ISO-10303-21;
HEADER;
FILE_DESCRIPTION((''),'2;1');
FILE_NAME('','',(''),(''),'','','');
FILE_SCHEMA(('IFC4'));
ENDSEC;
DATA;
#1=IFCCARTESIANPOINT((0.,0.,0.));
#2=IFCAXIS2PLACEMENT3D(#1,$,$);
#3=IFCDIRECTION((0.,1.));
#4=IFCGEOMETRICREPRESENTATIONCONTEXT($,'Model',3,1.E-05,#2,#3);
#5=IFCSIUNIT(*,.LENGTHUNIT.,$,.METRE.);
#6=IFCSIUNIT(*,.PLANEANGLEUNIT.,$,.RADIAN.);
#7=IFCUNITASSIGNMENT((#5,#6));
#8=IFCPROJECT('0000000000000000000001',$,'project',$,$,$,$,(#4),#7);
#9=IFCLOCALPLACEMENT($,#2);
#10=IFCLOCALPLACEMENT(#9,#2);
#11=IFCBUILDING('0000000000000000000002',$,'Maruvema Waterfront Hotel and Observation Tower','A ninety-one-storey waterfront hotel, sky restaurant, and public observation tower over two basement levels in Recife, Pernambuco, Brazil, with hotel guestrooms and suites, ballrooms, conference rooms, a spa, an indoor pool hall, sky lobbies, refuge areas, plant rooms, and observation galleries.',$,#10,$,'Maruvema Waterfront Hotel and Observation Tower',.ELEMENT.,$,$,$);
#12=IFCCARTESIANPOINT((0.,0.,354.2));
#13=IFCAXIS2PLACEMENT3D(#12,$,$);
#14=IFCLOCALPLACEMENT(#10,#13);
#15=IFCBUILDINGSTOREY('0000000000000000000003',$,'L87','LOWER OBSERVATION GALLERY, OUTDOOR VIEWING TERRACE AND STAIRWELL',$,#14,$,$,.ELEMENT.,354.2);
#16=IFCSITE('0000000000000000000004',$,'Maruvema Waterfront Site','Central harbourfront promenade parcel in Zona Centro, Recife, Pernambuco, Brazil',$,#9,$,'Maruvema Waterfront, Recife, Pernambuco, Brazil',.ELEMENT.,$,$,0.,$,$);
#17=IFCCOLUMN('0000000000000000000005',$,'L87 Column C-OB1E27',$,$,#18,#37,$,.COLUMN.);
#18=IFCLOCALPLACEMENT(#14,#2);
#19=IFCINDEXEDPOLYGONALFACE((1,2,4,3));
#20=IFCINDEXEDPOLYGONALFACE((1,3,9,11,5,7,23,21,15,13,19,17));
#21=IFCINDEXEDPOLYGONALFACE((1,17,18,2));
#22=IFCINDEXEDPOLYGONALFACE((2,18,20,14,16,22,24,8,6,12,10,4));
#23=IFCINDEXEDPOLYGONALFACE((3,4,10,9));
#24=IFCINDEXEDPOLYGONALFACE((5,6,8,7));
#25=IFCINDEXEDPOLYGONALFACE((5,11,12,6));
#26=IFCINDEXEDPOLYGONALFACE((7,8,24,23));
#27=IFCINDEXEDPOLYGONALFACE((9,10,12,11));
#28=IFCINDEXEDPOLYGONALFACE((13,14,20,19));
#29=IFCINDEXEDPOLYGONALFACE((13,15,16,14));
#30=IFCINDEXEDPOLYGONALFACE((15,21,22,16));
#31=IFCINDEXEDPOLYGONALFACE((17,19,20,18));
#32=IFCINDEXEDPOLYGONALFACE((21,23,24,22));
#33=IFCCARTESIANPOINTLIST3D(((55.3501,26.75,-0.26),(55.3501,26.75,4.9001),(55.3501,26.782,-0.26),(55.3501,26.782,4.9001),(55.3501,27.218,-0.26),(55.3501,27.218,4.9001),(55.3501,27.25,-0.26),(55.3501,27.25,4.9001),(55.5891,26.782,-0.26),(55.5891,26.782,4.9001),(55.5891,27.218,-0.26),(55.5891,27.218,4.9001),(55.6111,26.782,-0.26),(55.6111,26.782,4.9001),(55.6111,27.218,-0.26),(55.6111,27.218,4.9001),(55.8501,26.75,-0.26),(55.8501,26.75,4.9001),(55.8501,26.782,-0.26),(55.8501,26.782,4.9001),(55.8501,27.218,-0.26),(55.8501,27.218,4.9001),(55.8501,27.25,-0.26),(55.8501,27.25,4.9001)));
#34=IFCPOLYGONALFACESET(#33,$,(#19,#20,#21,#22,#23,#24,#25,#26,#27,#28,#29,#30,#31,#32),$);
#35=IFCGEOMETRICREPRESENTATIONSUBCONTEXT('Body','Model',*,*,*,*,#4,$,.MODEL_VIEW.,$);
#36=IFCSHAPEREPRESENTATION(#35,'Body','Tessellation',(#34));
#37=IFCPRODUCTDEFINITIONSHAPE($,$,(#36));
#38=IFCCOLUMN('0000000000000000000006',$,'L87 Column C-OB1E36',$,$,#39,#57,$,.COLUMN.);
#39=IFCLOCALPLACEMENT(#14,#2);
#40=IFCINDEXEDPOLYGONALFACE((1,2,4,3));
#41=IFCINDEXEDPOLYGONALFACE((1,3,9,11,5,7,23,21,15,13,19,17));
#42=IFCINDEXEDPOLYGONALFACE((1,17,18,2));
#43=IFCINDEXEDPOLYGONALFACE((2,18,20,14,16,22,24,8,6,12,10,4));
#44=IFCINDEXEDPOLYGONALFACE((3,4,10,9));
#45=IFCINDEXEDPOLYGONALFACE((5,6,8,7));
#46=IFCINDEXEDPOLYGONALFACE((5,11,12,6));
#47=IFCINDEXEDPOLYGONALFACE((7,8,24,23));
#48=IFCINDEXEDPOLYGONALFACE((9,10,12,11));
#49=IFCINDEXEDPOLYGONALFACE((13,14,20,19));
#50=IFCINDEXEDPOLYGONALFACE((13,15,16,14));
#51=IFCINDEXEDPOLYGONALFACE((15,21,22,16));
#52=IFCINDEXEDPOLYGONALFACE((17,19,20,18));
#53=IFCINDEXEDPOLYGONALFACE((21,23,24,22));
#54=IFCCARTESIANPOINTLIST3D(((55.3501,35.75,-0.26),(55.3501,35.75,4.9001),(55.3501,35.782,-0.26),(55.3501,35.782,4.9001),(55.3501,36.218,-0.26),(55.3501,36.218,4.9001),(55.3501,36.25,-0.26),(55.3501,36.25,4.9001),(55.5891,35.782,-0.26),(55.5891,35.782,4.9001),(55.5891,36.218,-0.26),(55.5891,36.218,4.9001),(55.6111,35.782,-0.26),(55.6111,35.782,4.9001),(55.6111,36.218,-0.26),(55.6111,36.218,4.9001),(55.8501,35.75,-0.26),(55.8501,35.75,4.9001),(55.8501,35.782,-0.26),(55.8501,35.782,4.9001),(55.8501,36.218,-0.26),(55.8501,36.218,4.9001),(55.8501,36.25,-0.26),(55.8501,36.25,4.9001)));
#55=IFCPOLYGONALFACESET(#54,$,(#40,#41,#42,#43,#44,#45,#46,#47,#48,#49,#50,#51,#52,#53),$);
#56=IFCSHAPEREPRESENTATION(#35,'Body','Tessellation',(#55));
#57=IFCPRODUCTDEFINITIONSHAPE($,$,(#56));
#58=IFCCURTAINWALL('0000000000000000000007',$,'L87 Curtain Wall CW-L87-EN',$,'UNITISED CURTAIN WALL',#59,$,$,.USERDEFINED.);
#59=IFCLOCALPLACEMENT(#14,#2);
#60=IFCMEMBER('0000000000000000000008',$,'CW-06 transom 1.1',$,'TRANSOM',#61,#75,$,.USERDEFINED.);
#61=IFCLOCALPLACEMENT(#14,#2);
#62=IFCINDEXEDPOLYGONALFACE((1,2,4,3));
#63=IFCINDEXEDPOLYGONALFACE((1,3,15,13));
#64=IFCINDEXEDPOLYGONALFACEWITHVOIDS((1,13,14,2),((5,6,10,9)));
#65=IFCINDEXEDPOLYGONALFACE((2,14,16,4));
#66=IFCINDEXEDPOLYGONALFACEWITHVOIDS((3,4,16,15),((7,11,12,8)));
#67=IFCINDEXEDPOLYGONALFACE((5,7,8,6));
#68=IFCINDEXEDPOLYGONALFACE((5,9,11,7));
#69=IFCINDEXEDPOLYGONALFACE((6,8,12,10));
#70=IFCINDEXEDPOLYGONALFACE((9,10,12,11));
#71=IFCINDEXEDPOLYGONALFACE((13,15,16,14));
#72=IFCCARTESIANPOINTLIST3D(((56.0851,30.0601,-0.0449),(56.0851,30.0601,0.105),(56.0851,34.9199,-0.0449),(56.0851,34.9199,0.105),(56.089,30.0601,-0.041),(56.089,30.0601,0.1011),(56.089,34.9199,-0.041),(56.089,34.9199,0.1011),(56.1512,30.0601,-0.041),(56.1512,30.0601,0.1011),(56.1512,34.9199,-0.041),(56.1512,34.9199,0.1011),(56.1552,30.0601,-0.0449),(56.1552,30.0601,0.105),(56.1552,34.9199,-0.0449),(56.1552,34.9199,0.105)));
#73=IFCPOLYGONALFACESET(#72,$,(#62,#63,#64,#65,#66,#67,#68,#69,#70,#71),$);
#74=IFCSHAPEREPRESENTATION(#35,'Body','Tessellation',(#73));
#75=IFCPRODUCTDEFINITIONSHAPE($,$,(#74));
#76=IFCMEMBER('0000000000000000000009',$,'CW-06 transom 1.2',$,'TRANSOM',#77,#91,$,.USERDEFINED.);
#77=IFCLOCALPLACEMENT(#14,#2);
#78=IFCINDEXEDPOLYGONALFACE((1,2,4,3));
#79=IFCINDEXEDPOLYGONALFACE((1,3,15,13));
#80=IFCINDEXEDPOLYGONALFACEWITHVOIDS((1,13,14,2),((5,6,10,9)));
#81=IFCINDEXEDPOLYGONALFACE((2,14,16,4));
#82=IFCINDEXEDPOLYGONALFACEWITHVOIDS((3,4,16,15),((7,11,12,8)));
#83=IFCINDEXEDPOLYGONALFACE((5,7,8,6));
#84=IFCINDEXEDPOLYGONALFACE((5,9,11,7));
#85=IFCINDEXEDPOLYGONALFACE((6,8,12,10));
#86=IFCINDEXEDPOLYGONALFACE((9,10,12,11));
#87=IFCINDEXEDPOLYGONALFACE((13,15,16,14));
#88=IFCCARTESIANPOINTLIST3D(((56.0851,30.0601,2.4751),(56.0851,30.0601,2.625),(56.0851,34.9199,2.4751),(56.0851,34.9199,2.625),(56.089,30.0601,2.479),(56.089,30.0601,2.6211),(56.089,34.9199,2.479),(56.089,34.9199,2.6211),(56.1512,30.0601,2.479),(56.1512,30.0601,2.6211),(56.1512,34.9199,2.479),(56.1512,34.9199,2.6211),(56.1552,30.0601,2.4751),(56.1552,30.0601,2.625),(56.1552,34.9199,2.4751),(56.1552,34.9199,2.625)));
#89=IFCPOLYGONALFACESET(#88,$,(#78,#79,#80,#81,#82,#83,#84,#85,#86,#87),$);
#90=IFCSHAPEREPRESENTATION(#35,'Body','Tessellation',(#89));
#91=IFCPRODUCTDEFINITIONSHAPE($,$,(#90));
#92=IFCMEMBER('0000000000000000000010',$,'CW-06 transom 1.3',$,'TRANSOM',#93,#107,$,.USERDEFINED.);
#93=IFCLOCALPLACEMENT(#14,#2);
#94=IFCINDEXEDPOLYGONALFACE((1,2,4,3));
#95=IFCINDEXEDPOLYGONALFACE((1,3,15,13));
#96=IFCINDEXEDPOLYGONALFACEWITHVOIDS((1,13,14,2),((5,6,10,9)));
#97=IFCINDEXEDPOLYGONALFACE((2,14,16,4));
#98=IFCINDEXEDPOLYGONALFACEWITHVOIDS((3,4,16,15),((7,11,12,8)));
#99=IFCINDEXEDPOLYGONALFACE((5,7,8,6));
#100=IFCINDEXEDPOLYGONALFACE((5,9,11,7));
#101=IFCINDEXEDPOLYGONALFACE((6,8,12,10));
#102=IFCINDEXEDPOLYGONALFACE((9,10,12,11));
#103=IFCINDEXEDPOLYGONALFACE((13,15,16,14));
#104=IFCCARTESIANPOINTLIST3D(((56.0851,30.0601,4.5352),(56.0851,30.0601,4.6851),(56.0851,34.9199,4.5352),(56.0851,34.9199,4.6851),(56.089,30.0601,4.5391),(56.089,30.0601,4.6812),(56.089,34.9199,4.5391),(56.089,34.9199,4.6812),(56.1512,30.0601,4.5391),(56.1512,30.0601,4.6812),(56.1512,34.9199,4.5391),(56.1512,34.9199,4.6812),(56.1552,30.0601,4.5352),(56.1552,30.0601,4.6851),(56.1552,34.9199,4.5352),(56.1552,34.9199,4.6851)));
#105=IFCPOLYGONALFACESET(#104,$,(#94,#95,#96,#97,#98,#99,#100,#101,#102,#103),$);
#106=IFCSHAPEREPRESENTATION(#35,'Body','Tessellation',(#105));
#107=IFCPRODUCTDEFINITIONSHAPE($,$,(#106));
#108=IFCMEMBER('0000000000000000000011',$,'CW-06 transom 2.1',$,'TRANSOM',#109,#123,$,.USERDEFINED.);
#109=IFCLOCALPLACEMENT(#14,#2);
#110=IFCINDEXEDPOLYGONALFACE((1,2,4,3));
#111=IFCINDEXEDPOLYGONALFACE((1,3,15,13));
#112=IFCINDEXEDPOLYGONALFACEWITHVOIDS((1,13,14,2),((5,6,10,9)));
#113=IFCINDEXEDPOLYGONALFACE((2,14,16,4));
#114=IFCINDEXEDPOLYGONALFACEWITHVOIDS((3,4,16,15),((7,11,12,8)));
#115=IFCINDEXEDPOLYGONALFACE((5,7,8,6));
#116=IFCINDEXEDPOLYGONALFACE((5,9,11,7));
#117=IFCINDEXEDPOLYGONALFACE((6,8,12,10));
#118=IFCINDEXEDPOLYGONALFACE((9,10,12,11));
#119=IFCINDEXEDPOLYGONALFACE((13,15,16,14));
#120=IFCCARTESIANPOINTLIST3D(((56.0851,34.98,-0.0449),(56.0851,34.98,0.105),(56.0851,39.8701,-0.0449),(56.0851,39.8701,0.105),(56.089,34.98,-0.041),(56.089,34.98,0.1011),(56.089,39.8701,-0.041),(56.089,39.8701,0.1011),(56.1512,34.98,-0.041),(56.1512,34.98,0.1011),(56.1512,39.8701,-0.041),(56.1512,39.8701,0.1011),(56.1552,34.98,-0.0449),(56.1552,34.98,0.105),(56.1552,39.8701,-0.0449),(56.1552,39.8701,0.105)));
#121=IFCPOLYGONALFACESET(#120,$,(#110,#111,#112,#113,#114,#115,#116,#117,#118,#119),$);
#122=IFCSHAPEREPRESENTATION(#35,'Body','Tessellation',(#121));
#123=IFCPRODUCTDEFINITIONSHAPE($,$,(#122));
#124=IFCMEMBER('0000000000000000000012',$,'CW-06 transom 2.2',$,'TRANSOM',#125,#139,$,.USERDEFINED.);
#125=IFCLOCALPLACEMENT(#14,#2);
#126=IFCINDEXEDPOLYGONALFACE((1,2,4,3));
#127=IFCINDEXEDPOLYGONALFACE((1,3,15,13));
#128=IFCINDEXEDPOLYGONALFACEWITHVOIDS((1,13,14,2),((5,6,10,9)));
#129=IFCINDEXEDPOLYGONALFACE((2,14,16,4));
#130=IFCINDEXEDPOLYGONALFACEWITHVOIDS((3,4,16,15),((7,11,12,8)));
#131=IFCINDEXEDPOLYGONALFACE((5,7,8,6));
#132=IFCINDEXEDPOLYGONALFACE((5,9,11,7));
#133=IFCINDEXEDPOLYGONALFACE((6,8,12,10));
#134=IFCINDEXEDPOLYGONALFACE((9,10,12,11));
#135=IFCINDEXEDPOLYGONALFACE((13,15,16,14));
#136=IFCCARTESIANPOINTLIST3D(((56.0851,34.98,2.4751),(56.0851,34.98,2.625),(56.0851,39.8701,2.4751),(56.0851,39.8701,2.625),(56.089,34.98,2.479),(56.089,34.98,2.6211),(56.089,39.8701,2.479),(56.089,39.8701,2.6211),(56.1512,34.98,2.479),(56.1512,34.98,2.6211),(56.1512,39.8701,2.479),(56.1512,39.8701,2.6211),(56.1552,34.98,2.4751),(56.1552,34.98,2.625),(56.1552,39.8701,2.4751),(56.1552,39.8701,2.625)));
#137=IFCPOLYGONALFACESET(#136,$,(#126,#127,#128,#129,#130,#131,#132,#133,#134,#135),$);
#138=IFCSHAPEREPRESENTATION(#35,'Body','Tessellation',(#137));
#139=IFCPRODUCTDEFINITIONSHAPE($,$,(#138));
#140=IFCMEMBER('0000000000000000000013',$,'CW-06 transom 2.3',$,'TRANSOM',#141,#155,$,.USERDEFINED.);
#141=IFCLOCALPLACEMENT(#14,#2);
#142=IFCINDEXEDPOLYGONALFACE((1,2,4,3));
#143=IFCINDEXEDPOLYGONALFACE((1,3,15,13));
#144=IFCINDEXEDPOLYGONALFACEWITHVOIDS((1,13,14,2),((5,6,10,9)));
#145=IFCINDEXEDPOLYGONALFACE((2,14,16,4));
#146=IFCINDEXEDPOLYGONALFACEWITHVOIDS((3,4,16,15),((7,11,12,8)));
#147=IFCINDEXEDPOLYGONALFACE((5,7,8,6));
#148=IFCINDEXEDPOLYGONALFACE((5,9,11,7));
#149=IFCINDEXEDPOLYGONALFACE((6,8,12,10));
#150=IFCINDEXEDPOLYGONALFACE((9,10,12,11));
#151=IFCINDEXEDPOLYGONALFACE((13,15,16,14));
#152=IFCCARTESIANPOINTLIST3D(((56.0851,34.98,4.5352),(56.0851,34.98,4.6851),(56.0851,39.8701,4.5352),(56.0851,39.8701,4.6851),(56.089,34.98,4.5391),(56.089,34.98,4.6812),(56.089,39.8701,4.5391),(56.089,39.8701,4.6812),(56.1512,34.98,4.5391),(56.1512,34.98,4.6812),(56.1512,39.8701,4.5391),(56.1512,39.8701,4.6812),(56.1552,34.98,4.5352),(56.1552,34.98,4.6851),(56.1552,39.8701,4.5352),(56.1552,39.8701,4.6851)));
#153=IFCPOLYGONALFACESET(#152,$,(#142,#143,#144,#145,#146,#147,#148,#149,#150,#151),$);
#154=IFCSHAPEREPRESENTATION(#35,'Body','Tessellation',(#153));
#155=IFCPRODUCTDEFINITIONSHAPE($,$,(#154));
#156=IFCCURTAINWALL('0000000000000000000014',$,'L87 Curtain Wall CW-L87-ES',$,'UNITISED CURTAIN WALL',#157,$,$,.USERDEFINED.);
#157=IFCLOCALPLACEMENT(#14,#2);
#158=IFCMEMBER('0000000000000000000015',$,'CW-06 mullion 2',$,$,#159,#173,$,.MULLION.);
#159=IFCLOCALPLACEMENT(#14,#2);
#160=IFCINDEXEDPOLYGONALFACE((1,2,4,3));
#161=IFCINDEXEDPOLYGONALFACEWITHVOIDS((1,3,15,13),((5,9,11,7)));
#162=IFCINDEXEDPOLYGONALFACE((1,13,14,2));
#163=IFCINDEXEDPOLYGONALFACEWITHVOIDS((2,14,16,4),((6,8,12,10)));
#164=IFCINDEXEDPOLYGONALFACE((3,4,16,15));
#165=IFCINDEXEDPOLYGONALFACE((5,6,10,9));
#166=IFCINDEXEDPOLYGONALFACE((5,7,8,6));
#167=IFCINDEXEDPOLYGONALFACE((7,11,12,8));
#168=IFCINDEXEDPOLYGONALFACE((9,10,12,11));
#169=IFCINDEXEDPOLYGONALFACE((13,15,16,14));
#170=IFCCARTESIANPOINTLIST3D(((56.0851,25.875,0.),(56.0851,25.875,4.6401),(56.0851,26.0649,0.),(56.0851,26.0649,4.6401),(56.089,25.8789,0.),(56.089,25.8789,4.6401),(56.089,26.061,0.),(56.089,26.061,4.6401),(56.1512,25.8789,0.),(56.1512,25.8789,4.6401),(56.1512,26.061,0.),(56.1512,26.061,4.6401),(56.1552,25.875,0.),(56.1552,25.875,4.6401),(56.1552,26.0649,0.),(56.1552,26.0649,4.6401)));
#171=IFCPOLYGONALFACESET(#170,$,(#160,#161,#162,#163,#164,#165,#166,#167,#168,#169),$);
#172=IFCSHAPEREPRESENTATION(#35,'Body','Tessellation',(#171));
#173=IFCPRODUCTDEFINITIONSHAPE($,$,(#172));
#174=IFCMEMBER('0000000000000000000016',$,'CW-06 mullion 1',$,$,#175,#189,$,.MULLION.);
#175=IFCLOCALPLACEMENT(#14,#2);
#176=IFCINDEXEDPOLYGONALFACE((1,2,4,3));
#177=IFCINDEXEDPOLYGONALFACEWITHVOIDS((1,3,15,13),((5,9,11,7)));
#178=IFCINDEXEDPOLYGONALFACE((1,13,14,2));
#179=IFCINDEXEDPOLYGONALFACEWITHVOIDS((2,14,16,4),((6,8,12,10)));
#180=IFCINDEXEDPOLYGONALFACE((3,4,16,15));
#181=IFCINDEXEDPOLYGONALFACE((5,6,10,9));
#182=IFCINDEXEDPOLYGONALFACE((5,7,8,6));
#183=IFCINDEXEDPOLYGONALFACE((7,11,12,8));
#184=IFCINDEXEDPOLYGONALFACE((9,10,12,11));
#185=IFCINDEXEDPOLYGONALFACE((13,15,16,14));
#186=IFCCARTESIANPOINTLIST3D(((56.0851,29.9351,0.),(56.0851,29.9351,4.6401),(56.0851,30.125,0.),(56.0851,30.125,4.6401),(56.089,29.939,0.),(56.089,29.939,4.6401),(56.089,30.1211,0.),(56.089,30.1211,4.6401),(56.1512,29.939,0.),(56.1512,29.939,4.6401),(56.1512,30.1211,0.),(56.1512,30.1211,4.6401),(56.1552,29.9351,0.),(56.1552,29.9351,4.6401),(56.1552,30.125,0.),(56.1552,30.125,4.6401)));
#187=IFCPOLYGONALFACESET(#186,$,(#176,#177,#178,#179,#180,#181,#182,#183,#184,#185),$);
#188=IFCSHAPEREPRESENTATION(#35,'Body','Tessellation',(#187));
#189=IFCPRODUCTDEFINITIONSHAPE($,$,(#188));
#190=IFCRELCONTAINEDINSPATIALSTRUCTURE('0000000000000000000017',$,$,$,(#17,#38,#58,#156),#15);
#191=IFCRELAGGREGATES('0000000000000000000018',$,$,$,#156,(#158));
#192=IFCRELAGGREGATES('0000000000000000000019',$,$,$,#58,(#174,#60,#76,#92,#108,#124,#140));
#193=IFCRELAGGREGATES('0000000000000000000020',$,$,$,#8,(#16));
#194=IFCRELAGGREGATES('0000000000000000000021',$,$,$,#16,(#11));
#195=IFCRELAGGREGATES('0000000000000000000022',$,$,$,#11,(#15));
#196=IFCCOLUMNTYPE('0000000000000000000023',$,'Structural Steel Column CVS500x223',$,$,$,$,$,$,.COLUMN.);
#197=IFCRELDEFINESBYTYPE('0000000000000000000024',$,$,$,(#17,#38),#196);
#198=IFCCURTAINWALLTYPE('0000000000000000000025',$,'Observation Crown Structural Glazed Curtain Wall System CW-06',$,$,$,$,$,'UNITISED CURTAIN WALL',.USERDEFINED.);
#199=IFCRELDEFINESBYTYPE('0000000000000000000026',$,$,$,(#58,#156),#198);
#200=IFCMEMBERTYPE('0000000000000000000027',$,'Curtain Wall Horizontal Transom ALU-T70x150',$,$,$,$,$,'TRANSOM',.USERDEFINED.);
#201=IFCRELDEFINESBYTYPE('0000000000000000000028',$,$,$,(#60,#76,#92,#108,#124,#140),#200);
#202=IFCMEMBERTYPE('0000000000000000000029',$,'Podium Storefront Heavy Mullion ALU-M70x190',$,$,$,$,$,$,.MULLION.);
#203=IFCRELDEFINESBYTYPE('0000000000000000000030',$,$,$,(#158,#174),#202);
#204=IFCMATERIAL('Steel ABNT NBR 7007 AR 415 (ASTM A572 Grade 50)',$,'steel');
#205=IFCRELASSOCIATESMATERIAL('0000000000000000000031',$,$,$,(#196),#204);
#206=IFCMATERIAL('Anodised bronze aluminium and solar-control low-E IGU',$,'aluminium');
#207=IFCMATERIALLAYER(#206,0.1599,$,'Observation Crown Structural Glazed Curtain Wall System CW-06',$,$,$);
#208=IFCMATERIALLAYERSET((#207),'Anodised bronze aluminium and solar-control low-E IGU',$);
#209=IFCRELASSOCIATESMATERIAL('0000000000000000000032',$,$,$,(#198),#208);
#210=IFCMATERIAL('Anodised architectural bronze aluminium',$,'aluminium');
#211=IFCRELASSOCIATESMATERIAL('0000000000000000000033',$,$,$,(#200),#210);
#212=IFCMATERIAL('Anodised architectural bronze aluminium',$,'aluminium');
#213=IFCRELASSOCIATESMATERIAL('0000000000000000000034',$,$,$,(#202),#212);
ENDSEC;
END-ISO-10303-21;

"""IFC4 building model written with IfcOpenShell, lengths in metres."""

from ifc_helpers import new_model, si_unit, direction, frame, origin, origin_2d, place, context, subcontext, project, spatial, hollow_rectangle, i_section, extrude, material, layer, layer_set, material_profile, profile_set, type_object, element, aggregate, save


model = new_model("IFC4")

# Units and contexts
model_context = context("Model", 3, precision=1e-05, world=origin(), true_north=direction((0.0, 1.0)))
body_context = subcontext(model_context, "Body", "Model", "MODEL_VIEW")
ifc_project = project(units=[si_unit("LENGTHUNIT", "METRE"), si_unit("PLANEANGLEUNIT", "RADIAN")], contexts=[model_context])

# Site, building, storey
site_placement = place(None, origin())
site = spatial("IfcSite", under=ifc_project, at=site_placement, Name="Maruvema Waterfront Site", Description="Central harbourfront promenade parcel in Zona Centro, Recife, Pernambuco, Brazil", LongName="Maruvema Waterfront, Recife, Pernambuco, Brazil", CompositionType="ELEMENT", RefElevation=0.0)
building_placement = place(site_placement, origin())
building = spatial("IfcBuilding", under=site, at=building_placement, Name="Maruvema Waterfront Hotel and Observation Tower", Description="A ninety-one-storey waterfront hotel, sky restaurant, and public observation tower over two basement levels in Recife, Pernambuco, Brazil, with hotel guestrooms and suites, ballrooms, conference rooms, a spa, an indoor pool hall, sky lobbies, refuge areas, plant rooms, and observation galleries.", LongName="Maruvema Waterfront Hotel and Observation Tower", CompositionType="ELEMENT")
storey_placement = place(building_placement, frame((0.0, 0.0, 354.2)))
storey = spatial("IfcBuildingStorey", under=building, at=storey_placement, Name="L87", Description="LOWER OBSERVATION GALLERY, OUTDOOR VIEWING TERRACE AND STAIRWELL", CompositionType="ELEMENT", Elevation=354.2)

# Columns
ifc_material_1 = material(Name="Steel ABNT NBR 7007 AR 415 (ASTM A572 Grade 50)", Category="steel")
ifc_material_profile_1 = material_profile(ifc_material_1, i_section(OverallWidth=0.5, OverallDepth=0.5, WebThickness=0.022, FlangeThickness=0.032, at=origin_2d()), Name="CVS500x223")
ifc_profile_set_1 = profile_set([ifc_material_profile_1], Name="Steel ABNT NBR 7007 AR 415 (ASTM A572 Grade 50)")
column_type = type_object("IfcColumnType", Name="Structural Steel Column CVS500x223", PredefinedType="COLUMN", material=ifc_profile_set_1)
for number, where, z_axis, x_axis, name in (
    (1, (55.6001, 27.0, -0.26), (0.0, 0.0, 1.0), (1.0, 0.0, 0.0), "L87 Column C-OB1E27"),
    (2, (55.6001, 36.0, -0.26), (0.0, 0.0, 1.0), (1.0, 0.0, 0.0), "L87 Column C-OB1E36"),
):
    element("IfcColumn", number, at=place(storey_placement, frame(where, z_axis=z_axis, x_axis=x_axis)), inside=storey, type_object=column_type, Name=name, PredefinedType="COLUMN", context=body_context, shape_type="SweptSolid", body=[
        extrude(i_section(OverallWidth=0.5, OverallDepth=0.5, WebThickness=0.022, FlangeThickness=0.032, at=origin_2d()), origin(), (0.0, 0.0, 1.0), 5.1602),
    ])

# Curtain wall, members
ifc_material_2 = material(Name="Anodised bronze aluminium and solar-control low-E IGU", Category="aluminium")
ifc_layer_1 = layer(ifc_material_2, 0.1599, Name="Observation Crown Structural Glazed Curtain Wall System CW-06")
ifc_layer_set_1 = layer_set([ifc_layer_1], Name="Anodised bronze aluminium and solar-control low-E IGU")
curtain_wall_type = type_object("IfcCurtainWallType", Name="Observation Crown Structural Glazed Curtain Wall System CW-06", ElementType="UNITISED CURTAIN WALL", PredefinedType="USERDEFINED", material=ifc_layer_set_1)
curtain_wall_1_placement = place(storey_placement, origin())
curtain_wall_1 = element("IfcCurtainWall", 3, at=curtain_wall_1_placement, inside=storey, type_object=curtain_wall_type, Name="L87 Curtain Wall CW-L87-EN", ObjectType="UNITISED CURTAIN WALL", PredefinedType="USERDEFINED")
ifc_material_3 = material(Name="Anodised architectural bronze aluminium", Category="aluminium")
ifc_material_profile_2 = material_profile(ifc_material_3, hollow_rectangle(XDim=0.0701, YDim=0.1499, WallThickness=0.0039, at=origin_2d()), Name="ALU-T70x150")
ifc_profile_set_2 = profile_set([ifc_material_profile_2], Name="Anodised architectural bronze aluminium")
member_type_1 = type_object("IfcMemberType", Name="Curtain Wall Horizontal Transom ALU-T70x150", ElementType="TRANSOM", PredefinedType="USERDEFINED", material=ifc_profile_set_2)
member_1_placement = place(storey_placement, frame((56.1201, 30.0601, 0.03), z_axis=(0.0, 1.0, 0.0), x_axis=(-1.0, 0.0, 0.0)))
member_1 = element("IfcMember", 4, at=member_1_placement, type_object=member_type_1, Name="CW-06 transom 1.1", ObjectType="TRANSOM", PredefinedType="USERDEFINED", context=body_context, shape_type="SweptSolid", body=[
    extrude(hollow_rectangle(XDim=0.0701, YDim=0.1499, WallThickness=0.0039, at=origin_2d()), origin(), (0.0, 0.0, 1.0), 4.8599),
])
member_2_placement = place(storey_placement, frame((56.1201, 30.0601, 2.55), z_axis=(0.0, 1.0, 0.0), x_axis=(-1.0, 0.0, 0.0)))
member_2 = element("IfcMember", 5, at=member_2_placement, type_object=member_type_1, Name="CW-06 transom 1.2", ObjectType="TRANSOM", PredefinedType="USERDEFINED", context=body_context, shape_type="SweptSolid", body=[
    extrude(hollow_rectangle(XDim=0.0701, YDim=0.1499, WallThickness=0.0039, at=origin_2d()), origin(), (0.0, 0.0, 1.0), 4.8599),
])
member_3_placement = place(storey_placement, frame((56.1201, 30.0601, 4.6101), z_axis=(0.0, 1.0, 0.0), x_axis=(-1.0, 0.0, 0.0)))
member_3 = element("IfcMember", 6, at=member_3_placement, type_object=member_type_1, Name="CW-06 transom 1.3", ObjectType="TRANSOM", PredefinedType="USERDEFINED", context=body_context, shape_type="SweptSolid", body=[
    extrude(hollow_rectangle(XDim=0.0701, YDim=0.1499, WallThickness=0.0039, at=origin_2d()), origin(), (0.0, 0.0, 1.0), 4.8599),
])
member_4_placement = place(storey_placement, frame((56.1201, 34.98, 0.03), z_axis=(0.0, 1.0, 0.0), x_axis=(-1.0, 0.0, 0.0)))
member_4 = element("IfcMember", 7, at=member_4_placement, type_object=member_type_1, Name="CW-06 transom 2.1", ObjectType="TRANSOM", PredefinedType="USERDEFINED", context=body_context, shape_type="SweptSolid", body=[
    extrude(hollow_rectangle(XDim=0.0701, YDim=0.1499, WallThickness=0.0039, at=origin_2d()), origin(), (0.0, 0.0, 1.0), 4.8901),
])
member_5_placement = place(storey_placement, frame((56.1201, 34.98, 2.55), z_axis=(0.0, 1.0, 0.0), x_axis=(-1.0, 0.0, 0.0)))
member_5 = element("IfcMember", 8, at=member_5_placement, type_object=member_type_1, Name="CW-06 transom 2.2", ObjectType="TRANSOM", PredefinedType="USERDEFINED", context=body_context, shape_type="SweptSolid", body=[
    extrude(hollow_rectangle(XDim=0.0701, YDim=0.1499, WallThickness=0.0039, at=origin_2d()), origin(), (0.0, 0.0, 1.0), 4.8901),
])
member_6_placement = place(storey_placement, frame((56.1201, 34.98, 4.6101), z_axis=(0.0, 1.0, 0.0), x_axis=(-1.0, 0.0, 0.0)))
member_6 = element("IfcMember", 9, at=member_6_placement, type_object=member_type_1, Name="CW-06 transom 2.3", ObjectType="TRANSOM", PredefinedType="USERDEFINED", context=body_context, shape_type="SweptSolid", body=[
    extrude(hollow_rectangle(XDim=0.0701, YDim=0.1499, WallThickness=0.0039, at=origin_2d()), origin(), (0.0, 0.0, 1.0), 4.8901),
])

# Curtain wall, member
curtain_wall_2_placement = place(storey_placement, origin())
curtain_wall_2 = element("IfcCurtainWall", 10, at=curtain_wall_2_placement, inside=storey, type_object=curtain_wall_type, Name="L87 Curtain Wall CW-L87-ES", ObjectType="UNITISED CURTAIN WALL", PredefinedType="USERDEFINED")
ifc_material_4 = material(Name="Anodised architectural bronze aluminium", Category="aluminium")
ifc_material_profile_3 = material_profile(ifc_material_4, hollow_rectangle(XDim=0.0701, YDim=0.1899, WallThickness=0.0039, at=origin_2d()), Name="ALU-M70x190")
ifc_profile_set_3 = profile_set([ifc_material_profile_3], Name="Anodised architectural bronze aluminium")
member_type_2 = type_object("IfcMemberType", Name="Podium Storefront Heavy Mullion ALU-M70x190", PredefinedType="MULLION", material=ifc_profile_set_3)
member_7_placement = place(storey_placement, frame((56.1201, 25.97, 0.0), z_axis=(0.0, 0.0, 1.0), x_axis=(-1.0, 0.0, 0.0)))
member_7 = element("IfcMember", 11, at=member_7_placement, type_object=member_type_2, Name="CW-06 mullion 2", PredefinedType="MULLION", context=body_context, shape_type="SweptSolid", body=[
    extrude(hollow_rectangle(XDim=0.0701, YDim=0.1899, WallThickness=0.0039, at=origin_2d()), origin(), (0.0, 0.0, 1.0), 4.6401),
])

# Member
member_8_placement = place(storey_placement, frame((56.1201, 30.03, 0.0), z_axis=(0.0, 0.0, 1.0), x_axis=(-1.0, 0.0, 0.0)))
member_8 = element("IfcMember", 12, at=member_8_placement, type_object=member_type_2, Name="CW-06 mullion 1", PredefinedType="MULLION", context=body_context, shape_type="SweptSolid", body=[
    extrude(hollow_rectangle(XDim=0.0701, YDim=0.1899, WallThickness=0.0039, at=origin_2d()), origin(), (0.0, 0.0, 1.0), 4.6401),
])

aggregate(curtain_wall_2, [member_7])
aggregate(curtain_wall_1, [member_8, member_1, member_2, member_3, member_4, member_5, member_6])

save(model, "model.ifc")
